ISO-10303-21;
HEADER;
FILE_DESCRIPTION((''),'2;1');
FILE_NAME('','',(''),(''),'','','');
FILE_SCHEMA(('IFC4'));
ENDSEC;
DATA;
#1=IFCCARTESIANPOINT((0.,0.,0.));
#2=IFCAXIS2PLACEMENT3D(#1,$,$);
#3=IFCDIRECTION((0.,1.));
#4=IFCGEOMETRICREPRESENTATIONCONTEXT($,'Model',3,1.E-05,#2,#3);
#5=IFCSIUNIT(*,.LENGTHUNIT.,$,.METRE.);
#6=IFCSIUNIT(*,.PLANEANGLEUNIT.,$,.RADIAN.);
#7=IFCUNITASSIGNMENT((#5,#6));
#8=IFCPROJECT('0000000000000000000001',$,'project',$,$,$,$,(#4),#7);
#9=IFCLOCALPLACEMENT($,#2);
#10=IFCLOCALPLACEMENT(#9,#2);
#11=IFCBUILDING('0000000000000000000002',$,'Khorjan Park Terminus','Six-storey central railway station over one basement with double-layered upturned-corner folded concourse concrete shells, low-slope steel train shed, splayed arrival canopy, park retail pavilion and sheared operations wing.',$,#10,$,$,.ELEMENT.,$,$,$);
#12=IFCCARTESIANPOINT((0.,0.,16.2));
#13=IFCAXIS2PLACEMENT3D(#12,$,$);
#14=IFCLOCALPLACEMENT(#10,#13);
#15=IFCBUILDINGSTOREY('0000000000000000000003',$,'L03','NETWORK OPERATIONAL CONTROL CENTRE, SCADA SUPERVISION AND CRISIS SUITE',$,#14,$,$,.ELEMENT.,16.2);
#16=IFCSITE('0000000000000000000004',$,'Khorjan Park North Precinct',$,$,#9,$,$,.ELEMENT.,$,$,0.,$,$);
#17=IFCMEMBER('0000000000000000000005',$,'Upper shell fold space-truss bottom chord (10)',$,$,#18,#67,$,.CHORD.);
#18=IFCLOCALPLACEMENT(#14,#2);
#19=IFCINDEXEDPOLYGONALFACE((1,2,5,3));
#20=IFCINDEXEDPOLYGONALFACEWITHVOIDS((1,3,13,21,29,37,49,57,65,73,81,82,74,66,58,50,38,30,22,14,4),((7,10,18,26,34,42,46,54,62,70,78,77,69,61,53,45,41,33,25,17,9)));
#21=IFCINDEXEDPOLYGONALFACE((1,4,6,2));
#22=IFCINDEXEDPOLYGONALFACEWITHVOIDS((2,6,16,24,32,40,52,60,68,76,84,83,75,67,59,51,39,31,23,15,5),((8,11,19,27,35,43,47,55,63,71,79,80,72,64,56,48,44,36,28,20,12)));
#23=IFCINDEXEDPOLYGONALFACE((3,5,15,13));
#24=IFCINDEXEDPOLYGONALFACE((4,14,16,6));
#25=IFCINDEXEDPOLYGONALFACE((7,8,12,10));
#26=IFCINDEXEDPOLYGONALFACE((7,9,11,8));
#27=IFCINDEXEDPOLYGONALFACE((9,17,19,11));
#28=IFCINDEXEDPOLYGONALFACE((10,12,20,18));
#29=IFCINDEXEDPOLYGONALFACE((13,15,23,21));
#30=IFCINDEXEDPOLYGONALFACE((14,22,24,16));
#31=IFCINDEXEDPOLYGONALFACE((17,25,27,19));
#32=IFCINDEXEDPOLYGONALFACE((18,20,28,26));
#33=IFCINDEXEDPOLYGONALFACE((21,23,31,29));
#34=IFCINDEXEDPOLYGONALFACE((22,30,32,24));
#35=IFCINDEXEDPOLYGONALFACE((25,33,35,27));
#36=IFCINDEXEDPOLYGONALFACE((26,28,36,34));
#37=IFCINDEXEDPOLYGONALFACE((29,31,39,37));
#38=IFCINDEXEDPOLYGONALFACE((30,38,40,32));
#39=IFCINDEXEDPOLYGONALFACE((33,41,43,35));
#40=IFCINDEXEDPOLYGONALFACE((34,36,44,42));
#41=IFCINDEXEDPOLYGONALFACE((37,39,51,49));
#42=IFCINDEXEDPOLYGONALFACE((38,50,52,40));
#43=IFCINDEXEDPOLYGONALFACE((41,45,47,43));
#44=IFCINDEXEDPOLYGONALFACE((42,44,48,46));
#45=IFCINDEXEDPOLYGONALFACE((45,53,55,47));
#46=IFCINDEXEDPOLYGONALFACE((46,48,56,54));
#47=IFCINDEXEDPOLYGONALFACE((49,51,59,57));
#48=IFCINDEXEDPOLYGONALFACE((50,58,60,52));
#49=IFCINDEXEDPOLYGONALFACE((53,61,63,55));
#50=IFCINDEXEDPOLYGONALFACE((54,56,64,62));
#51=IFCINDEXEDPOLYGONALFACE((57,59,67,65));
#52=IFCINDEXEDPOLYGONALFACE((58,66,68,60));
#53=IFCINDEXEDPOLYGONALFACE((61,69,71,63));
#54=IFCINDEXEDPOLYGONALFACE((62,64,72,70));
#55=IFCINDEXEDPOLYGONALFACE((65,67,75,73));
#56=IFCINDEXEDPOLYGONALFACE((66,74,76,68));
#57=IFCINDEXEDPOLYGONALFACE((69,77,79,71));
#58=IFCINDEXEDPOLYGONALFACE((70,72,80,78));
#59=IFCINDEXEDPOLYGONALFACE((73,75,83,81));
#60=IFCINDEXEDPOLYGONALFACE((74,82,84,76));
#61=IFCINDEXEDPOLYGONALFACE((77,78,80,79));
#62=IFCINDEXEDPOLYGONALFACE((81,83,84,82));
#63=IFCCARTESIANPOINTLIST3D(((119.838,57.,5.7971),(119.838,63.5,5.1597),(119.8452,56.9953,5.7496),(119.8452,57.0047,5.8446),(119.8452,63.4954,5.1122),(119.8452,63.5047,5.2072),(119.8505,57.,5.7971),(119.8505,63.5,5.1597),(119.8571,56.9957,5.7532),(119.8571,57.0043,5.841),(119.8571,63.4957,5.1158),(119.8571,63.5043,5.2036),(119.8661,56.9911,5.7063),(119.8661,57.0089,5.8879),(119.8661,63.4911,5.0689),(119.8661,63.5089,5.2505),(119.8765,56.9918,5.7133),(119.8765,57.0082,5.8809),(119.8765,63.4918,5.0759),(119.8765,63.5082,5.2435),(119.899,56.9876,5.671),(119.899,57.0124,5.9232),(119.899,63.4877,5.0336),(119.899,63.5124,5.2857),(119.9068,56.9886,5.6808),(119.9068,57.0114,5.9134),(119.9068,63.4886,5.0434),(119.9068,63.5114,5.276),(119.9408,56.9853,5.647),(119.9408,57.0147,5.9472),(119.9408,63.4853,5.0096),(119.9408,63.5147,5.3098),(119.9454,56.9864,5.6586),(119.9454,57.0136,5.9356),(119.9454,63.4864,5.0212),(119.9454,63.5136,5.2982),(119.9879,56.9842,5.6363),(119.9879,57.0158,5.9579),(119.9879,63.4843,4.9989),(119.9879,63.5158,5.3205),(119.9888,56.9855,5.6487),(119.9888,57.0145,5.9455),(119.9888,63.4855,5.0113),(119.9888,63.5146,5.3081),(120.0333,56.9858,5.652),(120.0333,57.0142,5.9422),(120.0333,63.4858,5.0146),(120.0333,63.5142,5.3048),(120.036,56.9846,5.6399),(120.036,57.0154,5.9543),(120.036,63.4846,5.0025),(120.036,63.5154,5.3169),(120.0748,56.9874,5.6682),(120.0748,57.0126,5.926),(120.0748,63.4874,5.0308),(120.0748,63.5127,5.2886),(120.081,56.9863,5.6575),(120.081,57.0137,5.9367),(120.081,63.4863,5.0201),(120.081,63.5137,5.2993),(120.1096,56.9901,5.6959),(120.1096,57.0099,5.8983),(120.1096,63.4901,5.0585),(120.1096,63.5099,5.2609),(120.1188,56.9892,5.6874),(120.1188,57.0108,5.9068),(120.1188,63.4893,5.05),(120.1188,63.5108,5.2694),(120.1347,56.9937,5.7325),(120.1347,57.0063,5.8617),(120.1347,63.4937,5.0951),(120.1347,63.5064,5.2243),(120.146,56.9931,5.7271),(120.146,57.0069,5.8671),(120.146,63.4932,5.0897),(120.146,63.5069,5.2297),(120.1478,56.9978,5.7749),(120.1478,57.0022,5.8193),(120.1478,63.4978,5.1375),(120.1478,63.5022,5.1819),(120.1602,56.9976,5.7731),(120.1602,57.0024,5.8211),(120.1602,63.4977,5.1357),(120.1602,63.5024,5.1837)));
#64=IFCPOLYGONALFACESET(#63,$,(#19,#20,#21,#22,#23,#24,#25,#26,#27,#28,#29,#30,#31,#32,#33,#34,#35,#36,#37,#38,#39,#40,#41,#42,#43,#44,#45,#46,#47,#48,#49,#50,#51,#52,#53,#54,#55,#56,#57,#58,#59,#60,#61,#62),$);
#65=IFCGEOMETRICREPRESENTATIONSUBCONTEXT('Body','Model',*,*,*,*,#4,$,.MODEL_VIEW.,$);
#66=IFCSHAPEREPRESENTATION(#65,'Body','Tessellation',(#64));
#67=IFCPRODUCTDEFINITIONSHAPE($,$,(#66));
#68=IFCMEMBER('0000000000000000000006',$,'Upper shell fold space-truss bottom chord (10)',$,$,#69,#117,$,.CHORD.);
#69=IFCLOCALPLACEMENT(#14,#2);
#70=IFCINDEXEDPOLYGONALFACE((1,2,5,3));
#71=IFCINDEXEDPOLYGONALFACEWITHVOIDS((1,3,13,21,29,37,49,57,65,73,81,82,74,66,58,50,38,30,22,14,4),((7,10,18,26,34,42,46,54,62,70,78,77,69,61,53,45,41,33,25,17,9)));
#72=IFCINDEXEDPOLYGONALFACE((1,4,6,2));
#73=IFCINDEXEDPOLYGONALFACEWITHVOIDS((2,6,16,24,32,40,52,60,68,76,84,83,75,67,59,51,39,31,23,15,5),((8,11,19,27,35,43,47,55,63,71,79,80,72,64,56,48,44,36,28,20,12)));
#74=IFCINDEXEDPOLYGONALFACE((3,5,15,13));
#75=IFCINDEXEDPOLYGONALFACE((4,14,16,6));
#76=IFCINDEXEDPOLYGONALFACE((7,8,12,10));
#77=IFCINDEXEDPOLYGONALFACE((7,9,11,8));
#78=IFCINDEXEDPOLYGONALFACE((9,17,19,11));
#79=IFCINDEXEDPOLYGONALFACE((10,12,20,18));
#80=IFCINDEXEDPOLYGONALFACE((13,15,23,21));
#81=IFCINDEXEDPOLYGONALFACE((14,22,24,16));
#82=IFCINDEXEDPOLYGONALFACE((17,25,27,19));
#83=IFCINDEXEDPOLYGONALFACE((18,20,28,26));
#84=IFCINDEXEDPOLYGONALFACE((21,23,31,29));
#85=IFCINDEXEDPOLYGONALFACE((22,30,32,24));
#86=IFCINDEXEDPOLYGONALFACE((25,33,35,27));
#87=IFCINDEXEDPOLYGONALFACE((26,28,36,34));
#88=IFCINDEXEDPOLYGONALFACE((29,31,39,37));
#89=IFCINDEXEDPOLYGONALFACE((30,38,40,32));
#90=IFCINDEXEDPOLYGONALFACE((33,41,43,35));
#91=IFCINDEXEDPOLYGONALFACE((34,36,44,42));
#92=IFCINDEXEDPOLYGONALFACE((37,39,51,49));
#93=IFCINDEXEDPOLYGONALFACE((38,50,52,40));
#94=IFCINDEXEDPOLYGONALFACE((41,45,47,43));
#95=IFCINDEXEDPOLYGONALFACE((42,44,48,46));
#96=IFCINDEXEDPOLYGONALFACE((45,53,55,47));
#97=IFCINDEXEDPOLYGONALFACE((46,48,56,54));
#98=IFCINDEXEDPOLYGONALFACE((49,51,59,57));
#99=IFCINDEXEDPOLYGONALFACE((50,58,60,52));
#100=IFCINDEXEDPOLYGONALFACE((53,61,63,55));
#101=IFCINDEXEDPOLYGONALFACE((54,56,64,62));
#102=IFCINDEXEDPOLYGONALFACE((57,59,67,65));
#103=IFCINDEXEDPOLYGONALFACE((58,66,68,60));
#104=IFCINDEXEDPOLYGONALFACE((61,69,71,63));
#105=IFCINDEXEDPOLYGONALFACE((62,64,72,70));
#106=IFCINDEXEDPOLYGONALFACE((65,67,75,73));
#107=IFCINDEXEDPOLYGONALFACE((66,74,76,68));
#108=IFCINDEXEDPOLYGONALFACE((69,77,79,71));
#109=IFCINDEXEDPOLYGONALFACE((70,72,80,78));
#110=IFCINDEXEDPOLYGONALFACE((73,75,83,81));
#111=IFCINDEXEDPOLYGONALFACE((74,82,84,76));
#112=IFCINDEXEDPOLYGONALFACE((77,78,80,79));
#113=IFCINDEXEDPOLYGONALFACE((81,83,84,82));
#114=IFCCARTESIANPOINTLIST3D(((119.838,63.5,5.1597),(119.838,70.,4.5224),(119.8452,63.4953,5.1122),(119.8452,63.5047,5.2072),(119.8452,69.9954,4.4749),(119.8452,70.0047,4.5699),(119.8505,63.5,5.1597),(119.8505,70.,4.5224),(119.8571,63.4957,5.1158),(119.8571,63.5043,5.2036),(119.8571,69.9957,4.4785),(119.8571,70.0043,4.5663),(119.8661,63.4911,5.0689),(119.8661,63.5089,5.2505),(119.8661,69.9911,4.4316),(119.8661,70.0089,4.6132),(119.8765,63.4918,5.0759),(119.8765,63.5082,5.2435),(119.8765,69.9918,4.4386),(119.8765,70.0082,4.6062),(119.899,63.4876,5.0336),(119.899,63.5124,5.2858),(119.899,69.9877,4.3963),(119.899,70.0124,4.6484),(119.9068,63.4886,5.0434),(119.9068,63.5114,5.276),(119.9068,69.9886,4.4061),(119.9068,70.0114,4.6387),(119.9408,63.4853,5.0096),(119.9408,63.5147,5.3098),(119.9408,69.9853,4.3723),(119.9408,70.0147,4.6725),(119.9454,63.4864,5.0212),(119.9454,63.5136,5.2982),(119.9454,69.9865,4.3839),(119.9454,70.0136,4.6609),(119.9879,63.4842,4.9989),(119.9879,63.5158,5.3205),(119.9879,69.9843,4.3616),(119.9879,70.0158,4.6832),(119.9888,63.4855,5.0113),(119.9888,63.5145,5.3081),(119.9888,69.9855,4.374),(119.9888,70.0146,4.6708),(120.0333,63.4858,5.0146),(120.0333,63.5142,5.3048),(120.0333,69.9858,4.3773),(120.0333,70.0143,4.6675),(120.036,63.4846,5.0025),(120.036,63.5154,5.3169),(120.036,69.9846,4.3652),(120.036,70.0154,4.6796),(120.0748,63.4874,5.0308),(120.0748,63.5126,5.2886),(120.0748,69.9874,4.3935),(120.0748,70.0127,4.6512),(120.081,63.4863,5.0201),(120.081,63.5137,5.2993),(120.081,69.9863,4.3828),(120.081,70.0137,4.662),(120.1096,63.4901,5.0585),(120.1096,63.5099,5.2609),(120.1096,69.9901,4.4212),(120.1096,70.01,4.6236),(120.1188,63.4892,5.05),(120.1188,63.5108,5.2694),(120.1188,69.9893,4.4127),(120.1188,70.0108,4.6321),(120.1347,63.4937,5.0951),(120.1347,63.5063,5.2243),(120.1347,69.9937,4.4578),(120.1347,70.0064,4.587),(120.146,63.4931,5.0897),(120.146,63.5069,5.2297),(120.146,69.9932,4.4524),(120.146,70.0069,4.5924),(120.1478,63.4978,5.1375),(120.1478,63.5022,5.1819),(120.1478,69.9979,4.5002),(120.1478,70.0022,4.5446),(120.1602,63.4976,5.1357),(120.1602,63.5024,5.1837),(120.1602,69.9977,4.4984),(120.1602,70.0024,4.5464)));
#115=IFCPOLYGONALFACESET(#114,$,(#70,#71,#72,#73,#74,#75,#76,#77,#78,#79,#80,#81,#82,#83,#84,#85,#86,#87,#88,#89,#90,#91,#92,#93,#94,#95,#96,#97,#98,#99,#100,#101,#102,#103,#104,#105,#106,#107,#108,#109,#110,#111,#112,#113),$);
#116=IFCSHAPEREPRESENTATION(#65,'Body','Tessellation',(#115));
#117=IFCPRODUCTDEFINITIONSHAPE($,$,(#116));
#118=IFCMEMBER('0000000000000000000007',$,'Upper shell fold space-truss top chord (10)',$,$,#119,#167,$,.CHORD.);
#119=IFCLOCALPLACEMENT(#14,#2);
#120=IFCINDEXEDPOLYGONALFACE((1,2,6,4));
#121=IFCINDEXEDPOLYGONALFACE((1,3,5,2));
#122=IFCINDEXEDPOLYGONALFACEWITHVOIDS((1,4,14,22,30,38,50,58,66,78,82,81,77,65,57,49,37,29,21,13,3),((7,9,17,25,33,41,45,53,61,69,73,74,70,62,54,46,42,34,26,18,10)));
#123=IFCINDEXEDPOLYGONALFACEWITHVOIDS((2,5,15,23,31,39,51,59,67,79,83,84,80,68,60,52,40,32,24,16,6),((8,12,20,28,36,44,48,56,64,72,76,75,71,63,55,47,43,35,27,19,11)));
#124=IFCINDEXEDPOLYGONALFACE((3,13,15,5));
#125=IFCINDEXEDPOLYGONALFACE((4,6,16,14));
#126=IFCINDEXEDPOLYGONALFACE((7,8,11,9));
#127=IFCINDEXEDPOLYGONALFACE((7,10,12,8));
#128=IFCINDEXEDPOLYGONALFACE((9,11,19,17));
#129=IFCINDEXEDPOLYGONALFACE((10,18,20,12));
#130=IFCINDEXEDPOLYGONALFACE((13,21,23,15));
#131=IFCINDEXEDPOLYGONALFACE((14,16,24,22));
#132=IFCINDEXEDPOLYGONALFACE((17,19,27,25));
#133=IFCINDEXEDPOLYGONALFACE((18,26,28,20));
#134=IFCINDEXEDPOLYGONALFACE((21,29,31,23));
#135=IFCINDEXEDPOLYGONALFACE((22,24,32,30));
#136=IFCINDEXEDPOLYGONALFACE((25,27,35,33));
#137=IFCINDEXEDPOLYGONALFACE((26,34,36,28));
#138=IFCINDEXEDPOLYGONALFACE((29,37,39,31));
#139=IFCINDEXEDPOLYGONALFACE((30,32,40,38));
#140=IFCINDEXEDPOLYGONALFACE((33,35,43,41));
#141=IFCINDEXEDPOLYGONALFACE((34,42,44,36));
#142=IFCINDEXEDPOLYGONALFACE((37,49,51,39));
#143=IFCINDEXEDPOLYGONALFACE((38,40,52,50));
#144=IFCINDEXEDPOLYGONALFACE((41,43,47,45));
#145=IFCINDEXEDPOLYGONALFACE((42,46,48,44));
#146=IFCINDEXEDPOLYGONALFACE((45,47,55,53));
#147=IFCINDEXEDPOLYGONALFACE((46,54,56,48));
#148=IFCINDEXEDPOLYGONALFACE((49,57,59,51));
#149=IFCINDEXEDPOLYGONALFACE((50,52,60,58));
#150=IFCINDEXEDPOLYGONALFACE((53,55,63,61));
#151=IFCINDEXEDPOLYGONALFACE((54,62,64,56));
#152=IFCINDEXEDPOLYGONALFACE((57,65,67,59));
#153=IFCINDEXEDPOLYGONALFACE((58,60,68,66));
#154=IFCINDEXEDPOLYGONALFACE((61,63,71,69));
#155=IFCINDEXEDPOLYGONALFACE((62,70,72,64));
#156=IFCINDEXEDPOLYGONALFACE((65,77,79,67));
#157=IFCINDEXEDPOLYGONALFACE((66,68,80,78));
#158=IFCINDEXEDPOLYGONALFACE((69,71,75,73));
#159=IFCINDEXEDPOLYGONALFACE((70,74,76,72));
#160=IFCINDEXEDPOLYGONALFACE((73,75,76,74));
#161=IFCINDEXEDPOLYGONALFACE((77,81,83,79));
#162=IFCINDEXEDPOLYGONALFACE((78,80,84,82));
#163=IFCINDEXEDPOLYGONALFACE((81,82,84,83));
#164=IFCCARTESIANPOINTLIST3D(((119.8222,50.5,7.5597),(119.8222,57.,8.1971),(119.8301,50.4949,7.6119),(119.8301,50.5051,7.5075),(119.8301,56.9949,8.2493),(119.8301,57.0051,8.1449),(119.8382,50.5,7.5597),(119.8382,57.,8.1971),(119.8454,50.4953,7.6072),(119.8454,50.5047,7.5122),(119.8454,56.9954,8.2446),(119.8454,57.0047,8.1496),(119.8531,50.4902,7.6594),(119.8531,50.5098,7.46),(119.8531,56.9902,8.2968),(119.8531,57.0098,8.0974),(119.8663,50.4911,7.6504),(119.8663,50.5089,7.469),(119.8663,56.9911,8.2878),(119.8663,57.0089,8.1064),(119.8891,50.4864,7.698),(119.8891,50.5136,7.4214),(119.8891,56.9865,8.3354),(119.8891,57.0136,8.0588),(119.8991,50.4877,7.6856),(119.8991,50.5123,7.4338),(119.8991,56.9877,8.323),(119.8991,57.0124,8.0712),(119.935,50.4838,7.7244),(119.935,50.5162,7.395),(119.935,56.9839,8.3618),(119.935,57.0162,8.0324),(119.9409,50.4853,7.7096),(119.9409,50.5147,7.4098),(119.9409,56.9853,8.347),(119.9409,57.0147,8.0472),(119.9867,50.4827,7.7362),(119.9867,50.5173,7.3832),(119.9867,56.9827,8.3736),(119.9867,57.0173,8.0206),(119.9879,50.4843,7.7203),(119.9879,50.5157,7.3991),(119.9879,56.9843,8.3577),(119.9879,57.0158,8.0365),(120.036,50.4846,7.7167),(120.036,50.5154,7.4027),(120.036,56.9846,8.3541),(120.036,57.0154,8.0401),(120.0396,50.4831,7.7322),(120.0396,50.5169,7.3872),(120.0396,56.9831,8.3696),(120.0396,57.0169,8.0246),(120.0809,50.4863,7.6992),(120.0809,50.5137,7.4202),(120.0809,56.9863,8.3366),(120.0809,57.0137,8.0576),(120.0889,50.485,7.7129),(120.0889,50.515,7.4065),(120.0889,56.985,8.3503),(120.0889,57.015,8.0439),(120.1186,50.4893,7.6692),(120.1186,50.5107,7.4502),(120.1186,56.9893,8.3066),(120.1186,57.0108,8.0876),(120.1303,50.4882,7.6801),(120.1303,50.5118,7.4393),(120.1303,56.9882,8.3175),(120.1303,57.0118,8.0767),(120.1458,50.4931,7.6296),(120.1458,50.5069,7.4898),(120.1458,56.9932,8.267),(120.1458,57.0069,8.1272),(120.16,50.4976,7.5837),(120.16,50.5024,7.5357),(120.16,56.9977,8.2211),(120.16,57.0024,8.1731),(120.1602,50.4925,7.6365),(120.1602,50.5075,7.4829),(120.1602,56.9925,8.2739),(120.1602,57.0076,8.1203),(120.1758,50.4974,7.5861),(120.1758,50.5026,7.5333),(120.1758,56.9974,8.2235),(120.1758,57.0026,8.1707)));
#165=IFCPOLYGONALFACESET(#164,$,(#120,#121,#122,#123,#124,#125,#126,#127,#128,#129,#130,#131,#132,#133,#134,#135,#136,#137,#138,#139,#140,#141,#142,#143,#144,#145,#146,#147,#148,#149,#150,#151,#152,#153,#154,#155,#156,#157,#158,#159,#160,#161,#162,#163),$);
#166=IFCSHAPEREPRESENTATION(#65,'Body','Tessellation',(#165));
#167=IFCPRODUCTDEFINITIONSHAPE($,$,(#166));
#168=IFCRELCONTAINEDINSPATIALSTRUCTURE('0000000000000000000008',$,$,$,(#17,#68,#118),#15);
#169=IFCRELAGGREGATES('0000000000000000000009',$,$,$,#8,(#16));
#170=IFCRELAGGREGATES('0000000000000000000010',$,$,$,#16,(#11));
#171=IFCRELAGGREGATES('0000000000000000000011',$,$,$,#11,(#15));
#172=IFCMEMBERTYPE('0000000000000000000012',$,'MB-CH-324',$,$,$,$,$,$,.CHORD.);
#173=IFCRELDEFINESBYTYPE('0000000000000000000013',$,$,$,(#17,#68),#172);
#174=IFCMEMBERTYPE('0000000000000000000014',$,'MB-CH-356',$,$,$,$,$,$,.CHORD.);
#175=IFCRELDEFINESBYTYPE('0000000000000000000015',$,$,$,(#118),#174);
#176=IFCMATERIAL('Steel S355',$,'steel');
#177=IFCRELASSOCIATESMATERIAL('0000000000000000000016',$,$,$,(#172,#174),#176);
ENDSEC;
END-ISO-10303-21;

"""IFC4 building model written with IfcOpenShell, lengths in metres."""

from ifc_helpers import new_model, si_unit, direction, frame, origin, origin_2d, place, context, subcontext, project, spatial, hollow_circle, extrude, material, material_profile, profile_set, type_object, element, save


model = new_model("IFC4")

# Units and contexts
model_context = context("Model", 3, precision=1e-05, world=origin(), true_north=direction((0.0, 1.0)))
body_context = subcontext(model_context, "Body", "Model", "MODEL_VIEW")
ifc_project = project(units=[si_unit("LENGTHUNIT", "METRE"), si_unit("PLANEANGLEUNIT", "RADIAN")], contexts=[model_context])

# Site, building, storey
site_placement = place(None, origin())
site = spatial("IfcSite", under=ifc_project, at=site_placement, Name="Khorjan Park North Precinct", CompositionType="ELEMENT", RefElevation=0.0)
building_placement = place(site_placement, origin())
building = spatial("IfcBuilding", under=site, at=building_placement, Name="Khorjan Park Terminus", Description="Six-storey central railway station over one basement with double-layered upturned-corner folded concourse concrete shells, low-slope steel train shed, splayed arrival canopy, park retail pavilion and sheared operations wing.", CompositionType="ELEMENT")
storey_placement = place(building_placement, frame((0.0, 0.0, 16.2)))
storey = spatial("IfcBuildingStorey", under=building, at=storey_placement, Name="L03", Description="NETWORK OPERATIONAL CONTROL CENTRE, SCADA SUPERVISION AND CRISIS SUITE", CompositionType="ELEMENT", Elevation=16.2)

# Members
ifc_material = material(Name="Steel S355", Category="steel")
ifc_material_profile_1 = material_profile(ifc_material, hollow_circle(Radius=0.162, WallThickness=0.0125, at=origin_2d()), Name="CHS 323.9x12.5")
ifc_profile_set_1 = profile_set([ifc_material_profile_1], Name="Steel S355")
member_type_1 = type_object("IfcMemberType", Name="MB-CH-324", PredefinedType="CHORD", material=ifc_profile_set_1)
for number, where, z_axis, x_axis, name in (
    (1, (120.0, 57.0, 5.7971), (0.0, 0.995226, -0.097593), (-1.0, 0.0, 0.0), "Upper shell fold space-truss bottom chord (10)"),
    (2, (120.0, 63.5, 5.1597), (0.0, 0.995228, -0.097578), (-1.0, 0.0, 0.0), "Upper shell fold space-truss bottom chord (10)"),
):
    element("IfcMember", number, at=place(storey_placement, frame(where, z_axis=z_axis, x_axis=x_axis)), inside=storey, type_object=member_type_1, Name=name, PredefinedType="CHORD", context=body_context, shape_type="SweptSolid", body=[
        extrude(hollow_circle(Radius=0.162, WallThickness=0.0125, at=origin_2d()), origin(), (0.0, 0.0, 1.0), 6.5312),
    ])
ifc_material_profile_2 = material_profile(ifc_material, hollow_circle(Radius=0.1778, WallThickness=0.016, at=origin_2d()), Name="CHS 355.6x16")
ifc_profile_set_2 = profile_set([ifc_material_profile_2], Name="Steel S355")
member_type_2 = type_object("IfcMemberType", Name="MB-CH-356", PredefinedType="CHORD", material=ifc_profile_set_2)
for number, where, z_axis, x_axis, name in (
    (3, (120.0, 50.5, 7.5597), (0.0, 0.995226, 0.097593), (-1.0, 0.0, 0.0), "Upper shell fold space-truss top chord (10)"),
):
    element("IfcMember", number, at=place(storey_placement, frame(where, z_axis=z_axis, x_axis=x_axis)), inside=storey, type_object=member_type_2, Name=name, PredefinedType="CHORD", context=body_context, shape_type="SweptSolid", body=[
        extrude(hollow_circle(Radius=0.1778, WallThickness=0.016, at=origin_2d()), origin(), (0.0, 0.0, 1.0), 6.5312),
    ])

save(model, "model.ifc")
